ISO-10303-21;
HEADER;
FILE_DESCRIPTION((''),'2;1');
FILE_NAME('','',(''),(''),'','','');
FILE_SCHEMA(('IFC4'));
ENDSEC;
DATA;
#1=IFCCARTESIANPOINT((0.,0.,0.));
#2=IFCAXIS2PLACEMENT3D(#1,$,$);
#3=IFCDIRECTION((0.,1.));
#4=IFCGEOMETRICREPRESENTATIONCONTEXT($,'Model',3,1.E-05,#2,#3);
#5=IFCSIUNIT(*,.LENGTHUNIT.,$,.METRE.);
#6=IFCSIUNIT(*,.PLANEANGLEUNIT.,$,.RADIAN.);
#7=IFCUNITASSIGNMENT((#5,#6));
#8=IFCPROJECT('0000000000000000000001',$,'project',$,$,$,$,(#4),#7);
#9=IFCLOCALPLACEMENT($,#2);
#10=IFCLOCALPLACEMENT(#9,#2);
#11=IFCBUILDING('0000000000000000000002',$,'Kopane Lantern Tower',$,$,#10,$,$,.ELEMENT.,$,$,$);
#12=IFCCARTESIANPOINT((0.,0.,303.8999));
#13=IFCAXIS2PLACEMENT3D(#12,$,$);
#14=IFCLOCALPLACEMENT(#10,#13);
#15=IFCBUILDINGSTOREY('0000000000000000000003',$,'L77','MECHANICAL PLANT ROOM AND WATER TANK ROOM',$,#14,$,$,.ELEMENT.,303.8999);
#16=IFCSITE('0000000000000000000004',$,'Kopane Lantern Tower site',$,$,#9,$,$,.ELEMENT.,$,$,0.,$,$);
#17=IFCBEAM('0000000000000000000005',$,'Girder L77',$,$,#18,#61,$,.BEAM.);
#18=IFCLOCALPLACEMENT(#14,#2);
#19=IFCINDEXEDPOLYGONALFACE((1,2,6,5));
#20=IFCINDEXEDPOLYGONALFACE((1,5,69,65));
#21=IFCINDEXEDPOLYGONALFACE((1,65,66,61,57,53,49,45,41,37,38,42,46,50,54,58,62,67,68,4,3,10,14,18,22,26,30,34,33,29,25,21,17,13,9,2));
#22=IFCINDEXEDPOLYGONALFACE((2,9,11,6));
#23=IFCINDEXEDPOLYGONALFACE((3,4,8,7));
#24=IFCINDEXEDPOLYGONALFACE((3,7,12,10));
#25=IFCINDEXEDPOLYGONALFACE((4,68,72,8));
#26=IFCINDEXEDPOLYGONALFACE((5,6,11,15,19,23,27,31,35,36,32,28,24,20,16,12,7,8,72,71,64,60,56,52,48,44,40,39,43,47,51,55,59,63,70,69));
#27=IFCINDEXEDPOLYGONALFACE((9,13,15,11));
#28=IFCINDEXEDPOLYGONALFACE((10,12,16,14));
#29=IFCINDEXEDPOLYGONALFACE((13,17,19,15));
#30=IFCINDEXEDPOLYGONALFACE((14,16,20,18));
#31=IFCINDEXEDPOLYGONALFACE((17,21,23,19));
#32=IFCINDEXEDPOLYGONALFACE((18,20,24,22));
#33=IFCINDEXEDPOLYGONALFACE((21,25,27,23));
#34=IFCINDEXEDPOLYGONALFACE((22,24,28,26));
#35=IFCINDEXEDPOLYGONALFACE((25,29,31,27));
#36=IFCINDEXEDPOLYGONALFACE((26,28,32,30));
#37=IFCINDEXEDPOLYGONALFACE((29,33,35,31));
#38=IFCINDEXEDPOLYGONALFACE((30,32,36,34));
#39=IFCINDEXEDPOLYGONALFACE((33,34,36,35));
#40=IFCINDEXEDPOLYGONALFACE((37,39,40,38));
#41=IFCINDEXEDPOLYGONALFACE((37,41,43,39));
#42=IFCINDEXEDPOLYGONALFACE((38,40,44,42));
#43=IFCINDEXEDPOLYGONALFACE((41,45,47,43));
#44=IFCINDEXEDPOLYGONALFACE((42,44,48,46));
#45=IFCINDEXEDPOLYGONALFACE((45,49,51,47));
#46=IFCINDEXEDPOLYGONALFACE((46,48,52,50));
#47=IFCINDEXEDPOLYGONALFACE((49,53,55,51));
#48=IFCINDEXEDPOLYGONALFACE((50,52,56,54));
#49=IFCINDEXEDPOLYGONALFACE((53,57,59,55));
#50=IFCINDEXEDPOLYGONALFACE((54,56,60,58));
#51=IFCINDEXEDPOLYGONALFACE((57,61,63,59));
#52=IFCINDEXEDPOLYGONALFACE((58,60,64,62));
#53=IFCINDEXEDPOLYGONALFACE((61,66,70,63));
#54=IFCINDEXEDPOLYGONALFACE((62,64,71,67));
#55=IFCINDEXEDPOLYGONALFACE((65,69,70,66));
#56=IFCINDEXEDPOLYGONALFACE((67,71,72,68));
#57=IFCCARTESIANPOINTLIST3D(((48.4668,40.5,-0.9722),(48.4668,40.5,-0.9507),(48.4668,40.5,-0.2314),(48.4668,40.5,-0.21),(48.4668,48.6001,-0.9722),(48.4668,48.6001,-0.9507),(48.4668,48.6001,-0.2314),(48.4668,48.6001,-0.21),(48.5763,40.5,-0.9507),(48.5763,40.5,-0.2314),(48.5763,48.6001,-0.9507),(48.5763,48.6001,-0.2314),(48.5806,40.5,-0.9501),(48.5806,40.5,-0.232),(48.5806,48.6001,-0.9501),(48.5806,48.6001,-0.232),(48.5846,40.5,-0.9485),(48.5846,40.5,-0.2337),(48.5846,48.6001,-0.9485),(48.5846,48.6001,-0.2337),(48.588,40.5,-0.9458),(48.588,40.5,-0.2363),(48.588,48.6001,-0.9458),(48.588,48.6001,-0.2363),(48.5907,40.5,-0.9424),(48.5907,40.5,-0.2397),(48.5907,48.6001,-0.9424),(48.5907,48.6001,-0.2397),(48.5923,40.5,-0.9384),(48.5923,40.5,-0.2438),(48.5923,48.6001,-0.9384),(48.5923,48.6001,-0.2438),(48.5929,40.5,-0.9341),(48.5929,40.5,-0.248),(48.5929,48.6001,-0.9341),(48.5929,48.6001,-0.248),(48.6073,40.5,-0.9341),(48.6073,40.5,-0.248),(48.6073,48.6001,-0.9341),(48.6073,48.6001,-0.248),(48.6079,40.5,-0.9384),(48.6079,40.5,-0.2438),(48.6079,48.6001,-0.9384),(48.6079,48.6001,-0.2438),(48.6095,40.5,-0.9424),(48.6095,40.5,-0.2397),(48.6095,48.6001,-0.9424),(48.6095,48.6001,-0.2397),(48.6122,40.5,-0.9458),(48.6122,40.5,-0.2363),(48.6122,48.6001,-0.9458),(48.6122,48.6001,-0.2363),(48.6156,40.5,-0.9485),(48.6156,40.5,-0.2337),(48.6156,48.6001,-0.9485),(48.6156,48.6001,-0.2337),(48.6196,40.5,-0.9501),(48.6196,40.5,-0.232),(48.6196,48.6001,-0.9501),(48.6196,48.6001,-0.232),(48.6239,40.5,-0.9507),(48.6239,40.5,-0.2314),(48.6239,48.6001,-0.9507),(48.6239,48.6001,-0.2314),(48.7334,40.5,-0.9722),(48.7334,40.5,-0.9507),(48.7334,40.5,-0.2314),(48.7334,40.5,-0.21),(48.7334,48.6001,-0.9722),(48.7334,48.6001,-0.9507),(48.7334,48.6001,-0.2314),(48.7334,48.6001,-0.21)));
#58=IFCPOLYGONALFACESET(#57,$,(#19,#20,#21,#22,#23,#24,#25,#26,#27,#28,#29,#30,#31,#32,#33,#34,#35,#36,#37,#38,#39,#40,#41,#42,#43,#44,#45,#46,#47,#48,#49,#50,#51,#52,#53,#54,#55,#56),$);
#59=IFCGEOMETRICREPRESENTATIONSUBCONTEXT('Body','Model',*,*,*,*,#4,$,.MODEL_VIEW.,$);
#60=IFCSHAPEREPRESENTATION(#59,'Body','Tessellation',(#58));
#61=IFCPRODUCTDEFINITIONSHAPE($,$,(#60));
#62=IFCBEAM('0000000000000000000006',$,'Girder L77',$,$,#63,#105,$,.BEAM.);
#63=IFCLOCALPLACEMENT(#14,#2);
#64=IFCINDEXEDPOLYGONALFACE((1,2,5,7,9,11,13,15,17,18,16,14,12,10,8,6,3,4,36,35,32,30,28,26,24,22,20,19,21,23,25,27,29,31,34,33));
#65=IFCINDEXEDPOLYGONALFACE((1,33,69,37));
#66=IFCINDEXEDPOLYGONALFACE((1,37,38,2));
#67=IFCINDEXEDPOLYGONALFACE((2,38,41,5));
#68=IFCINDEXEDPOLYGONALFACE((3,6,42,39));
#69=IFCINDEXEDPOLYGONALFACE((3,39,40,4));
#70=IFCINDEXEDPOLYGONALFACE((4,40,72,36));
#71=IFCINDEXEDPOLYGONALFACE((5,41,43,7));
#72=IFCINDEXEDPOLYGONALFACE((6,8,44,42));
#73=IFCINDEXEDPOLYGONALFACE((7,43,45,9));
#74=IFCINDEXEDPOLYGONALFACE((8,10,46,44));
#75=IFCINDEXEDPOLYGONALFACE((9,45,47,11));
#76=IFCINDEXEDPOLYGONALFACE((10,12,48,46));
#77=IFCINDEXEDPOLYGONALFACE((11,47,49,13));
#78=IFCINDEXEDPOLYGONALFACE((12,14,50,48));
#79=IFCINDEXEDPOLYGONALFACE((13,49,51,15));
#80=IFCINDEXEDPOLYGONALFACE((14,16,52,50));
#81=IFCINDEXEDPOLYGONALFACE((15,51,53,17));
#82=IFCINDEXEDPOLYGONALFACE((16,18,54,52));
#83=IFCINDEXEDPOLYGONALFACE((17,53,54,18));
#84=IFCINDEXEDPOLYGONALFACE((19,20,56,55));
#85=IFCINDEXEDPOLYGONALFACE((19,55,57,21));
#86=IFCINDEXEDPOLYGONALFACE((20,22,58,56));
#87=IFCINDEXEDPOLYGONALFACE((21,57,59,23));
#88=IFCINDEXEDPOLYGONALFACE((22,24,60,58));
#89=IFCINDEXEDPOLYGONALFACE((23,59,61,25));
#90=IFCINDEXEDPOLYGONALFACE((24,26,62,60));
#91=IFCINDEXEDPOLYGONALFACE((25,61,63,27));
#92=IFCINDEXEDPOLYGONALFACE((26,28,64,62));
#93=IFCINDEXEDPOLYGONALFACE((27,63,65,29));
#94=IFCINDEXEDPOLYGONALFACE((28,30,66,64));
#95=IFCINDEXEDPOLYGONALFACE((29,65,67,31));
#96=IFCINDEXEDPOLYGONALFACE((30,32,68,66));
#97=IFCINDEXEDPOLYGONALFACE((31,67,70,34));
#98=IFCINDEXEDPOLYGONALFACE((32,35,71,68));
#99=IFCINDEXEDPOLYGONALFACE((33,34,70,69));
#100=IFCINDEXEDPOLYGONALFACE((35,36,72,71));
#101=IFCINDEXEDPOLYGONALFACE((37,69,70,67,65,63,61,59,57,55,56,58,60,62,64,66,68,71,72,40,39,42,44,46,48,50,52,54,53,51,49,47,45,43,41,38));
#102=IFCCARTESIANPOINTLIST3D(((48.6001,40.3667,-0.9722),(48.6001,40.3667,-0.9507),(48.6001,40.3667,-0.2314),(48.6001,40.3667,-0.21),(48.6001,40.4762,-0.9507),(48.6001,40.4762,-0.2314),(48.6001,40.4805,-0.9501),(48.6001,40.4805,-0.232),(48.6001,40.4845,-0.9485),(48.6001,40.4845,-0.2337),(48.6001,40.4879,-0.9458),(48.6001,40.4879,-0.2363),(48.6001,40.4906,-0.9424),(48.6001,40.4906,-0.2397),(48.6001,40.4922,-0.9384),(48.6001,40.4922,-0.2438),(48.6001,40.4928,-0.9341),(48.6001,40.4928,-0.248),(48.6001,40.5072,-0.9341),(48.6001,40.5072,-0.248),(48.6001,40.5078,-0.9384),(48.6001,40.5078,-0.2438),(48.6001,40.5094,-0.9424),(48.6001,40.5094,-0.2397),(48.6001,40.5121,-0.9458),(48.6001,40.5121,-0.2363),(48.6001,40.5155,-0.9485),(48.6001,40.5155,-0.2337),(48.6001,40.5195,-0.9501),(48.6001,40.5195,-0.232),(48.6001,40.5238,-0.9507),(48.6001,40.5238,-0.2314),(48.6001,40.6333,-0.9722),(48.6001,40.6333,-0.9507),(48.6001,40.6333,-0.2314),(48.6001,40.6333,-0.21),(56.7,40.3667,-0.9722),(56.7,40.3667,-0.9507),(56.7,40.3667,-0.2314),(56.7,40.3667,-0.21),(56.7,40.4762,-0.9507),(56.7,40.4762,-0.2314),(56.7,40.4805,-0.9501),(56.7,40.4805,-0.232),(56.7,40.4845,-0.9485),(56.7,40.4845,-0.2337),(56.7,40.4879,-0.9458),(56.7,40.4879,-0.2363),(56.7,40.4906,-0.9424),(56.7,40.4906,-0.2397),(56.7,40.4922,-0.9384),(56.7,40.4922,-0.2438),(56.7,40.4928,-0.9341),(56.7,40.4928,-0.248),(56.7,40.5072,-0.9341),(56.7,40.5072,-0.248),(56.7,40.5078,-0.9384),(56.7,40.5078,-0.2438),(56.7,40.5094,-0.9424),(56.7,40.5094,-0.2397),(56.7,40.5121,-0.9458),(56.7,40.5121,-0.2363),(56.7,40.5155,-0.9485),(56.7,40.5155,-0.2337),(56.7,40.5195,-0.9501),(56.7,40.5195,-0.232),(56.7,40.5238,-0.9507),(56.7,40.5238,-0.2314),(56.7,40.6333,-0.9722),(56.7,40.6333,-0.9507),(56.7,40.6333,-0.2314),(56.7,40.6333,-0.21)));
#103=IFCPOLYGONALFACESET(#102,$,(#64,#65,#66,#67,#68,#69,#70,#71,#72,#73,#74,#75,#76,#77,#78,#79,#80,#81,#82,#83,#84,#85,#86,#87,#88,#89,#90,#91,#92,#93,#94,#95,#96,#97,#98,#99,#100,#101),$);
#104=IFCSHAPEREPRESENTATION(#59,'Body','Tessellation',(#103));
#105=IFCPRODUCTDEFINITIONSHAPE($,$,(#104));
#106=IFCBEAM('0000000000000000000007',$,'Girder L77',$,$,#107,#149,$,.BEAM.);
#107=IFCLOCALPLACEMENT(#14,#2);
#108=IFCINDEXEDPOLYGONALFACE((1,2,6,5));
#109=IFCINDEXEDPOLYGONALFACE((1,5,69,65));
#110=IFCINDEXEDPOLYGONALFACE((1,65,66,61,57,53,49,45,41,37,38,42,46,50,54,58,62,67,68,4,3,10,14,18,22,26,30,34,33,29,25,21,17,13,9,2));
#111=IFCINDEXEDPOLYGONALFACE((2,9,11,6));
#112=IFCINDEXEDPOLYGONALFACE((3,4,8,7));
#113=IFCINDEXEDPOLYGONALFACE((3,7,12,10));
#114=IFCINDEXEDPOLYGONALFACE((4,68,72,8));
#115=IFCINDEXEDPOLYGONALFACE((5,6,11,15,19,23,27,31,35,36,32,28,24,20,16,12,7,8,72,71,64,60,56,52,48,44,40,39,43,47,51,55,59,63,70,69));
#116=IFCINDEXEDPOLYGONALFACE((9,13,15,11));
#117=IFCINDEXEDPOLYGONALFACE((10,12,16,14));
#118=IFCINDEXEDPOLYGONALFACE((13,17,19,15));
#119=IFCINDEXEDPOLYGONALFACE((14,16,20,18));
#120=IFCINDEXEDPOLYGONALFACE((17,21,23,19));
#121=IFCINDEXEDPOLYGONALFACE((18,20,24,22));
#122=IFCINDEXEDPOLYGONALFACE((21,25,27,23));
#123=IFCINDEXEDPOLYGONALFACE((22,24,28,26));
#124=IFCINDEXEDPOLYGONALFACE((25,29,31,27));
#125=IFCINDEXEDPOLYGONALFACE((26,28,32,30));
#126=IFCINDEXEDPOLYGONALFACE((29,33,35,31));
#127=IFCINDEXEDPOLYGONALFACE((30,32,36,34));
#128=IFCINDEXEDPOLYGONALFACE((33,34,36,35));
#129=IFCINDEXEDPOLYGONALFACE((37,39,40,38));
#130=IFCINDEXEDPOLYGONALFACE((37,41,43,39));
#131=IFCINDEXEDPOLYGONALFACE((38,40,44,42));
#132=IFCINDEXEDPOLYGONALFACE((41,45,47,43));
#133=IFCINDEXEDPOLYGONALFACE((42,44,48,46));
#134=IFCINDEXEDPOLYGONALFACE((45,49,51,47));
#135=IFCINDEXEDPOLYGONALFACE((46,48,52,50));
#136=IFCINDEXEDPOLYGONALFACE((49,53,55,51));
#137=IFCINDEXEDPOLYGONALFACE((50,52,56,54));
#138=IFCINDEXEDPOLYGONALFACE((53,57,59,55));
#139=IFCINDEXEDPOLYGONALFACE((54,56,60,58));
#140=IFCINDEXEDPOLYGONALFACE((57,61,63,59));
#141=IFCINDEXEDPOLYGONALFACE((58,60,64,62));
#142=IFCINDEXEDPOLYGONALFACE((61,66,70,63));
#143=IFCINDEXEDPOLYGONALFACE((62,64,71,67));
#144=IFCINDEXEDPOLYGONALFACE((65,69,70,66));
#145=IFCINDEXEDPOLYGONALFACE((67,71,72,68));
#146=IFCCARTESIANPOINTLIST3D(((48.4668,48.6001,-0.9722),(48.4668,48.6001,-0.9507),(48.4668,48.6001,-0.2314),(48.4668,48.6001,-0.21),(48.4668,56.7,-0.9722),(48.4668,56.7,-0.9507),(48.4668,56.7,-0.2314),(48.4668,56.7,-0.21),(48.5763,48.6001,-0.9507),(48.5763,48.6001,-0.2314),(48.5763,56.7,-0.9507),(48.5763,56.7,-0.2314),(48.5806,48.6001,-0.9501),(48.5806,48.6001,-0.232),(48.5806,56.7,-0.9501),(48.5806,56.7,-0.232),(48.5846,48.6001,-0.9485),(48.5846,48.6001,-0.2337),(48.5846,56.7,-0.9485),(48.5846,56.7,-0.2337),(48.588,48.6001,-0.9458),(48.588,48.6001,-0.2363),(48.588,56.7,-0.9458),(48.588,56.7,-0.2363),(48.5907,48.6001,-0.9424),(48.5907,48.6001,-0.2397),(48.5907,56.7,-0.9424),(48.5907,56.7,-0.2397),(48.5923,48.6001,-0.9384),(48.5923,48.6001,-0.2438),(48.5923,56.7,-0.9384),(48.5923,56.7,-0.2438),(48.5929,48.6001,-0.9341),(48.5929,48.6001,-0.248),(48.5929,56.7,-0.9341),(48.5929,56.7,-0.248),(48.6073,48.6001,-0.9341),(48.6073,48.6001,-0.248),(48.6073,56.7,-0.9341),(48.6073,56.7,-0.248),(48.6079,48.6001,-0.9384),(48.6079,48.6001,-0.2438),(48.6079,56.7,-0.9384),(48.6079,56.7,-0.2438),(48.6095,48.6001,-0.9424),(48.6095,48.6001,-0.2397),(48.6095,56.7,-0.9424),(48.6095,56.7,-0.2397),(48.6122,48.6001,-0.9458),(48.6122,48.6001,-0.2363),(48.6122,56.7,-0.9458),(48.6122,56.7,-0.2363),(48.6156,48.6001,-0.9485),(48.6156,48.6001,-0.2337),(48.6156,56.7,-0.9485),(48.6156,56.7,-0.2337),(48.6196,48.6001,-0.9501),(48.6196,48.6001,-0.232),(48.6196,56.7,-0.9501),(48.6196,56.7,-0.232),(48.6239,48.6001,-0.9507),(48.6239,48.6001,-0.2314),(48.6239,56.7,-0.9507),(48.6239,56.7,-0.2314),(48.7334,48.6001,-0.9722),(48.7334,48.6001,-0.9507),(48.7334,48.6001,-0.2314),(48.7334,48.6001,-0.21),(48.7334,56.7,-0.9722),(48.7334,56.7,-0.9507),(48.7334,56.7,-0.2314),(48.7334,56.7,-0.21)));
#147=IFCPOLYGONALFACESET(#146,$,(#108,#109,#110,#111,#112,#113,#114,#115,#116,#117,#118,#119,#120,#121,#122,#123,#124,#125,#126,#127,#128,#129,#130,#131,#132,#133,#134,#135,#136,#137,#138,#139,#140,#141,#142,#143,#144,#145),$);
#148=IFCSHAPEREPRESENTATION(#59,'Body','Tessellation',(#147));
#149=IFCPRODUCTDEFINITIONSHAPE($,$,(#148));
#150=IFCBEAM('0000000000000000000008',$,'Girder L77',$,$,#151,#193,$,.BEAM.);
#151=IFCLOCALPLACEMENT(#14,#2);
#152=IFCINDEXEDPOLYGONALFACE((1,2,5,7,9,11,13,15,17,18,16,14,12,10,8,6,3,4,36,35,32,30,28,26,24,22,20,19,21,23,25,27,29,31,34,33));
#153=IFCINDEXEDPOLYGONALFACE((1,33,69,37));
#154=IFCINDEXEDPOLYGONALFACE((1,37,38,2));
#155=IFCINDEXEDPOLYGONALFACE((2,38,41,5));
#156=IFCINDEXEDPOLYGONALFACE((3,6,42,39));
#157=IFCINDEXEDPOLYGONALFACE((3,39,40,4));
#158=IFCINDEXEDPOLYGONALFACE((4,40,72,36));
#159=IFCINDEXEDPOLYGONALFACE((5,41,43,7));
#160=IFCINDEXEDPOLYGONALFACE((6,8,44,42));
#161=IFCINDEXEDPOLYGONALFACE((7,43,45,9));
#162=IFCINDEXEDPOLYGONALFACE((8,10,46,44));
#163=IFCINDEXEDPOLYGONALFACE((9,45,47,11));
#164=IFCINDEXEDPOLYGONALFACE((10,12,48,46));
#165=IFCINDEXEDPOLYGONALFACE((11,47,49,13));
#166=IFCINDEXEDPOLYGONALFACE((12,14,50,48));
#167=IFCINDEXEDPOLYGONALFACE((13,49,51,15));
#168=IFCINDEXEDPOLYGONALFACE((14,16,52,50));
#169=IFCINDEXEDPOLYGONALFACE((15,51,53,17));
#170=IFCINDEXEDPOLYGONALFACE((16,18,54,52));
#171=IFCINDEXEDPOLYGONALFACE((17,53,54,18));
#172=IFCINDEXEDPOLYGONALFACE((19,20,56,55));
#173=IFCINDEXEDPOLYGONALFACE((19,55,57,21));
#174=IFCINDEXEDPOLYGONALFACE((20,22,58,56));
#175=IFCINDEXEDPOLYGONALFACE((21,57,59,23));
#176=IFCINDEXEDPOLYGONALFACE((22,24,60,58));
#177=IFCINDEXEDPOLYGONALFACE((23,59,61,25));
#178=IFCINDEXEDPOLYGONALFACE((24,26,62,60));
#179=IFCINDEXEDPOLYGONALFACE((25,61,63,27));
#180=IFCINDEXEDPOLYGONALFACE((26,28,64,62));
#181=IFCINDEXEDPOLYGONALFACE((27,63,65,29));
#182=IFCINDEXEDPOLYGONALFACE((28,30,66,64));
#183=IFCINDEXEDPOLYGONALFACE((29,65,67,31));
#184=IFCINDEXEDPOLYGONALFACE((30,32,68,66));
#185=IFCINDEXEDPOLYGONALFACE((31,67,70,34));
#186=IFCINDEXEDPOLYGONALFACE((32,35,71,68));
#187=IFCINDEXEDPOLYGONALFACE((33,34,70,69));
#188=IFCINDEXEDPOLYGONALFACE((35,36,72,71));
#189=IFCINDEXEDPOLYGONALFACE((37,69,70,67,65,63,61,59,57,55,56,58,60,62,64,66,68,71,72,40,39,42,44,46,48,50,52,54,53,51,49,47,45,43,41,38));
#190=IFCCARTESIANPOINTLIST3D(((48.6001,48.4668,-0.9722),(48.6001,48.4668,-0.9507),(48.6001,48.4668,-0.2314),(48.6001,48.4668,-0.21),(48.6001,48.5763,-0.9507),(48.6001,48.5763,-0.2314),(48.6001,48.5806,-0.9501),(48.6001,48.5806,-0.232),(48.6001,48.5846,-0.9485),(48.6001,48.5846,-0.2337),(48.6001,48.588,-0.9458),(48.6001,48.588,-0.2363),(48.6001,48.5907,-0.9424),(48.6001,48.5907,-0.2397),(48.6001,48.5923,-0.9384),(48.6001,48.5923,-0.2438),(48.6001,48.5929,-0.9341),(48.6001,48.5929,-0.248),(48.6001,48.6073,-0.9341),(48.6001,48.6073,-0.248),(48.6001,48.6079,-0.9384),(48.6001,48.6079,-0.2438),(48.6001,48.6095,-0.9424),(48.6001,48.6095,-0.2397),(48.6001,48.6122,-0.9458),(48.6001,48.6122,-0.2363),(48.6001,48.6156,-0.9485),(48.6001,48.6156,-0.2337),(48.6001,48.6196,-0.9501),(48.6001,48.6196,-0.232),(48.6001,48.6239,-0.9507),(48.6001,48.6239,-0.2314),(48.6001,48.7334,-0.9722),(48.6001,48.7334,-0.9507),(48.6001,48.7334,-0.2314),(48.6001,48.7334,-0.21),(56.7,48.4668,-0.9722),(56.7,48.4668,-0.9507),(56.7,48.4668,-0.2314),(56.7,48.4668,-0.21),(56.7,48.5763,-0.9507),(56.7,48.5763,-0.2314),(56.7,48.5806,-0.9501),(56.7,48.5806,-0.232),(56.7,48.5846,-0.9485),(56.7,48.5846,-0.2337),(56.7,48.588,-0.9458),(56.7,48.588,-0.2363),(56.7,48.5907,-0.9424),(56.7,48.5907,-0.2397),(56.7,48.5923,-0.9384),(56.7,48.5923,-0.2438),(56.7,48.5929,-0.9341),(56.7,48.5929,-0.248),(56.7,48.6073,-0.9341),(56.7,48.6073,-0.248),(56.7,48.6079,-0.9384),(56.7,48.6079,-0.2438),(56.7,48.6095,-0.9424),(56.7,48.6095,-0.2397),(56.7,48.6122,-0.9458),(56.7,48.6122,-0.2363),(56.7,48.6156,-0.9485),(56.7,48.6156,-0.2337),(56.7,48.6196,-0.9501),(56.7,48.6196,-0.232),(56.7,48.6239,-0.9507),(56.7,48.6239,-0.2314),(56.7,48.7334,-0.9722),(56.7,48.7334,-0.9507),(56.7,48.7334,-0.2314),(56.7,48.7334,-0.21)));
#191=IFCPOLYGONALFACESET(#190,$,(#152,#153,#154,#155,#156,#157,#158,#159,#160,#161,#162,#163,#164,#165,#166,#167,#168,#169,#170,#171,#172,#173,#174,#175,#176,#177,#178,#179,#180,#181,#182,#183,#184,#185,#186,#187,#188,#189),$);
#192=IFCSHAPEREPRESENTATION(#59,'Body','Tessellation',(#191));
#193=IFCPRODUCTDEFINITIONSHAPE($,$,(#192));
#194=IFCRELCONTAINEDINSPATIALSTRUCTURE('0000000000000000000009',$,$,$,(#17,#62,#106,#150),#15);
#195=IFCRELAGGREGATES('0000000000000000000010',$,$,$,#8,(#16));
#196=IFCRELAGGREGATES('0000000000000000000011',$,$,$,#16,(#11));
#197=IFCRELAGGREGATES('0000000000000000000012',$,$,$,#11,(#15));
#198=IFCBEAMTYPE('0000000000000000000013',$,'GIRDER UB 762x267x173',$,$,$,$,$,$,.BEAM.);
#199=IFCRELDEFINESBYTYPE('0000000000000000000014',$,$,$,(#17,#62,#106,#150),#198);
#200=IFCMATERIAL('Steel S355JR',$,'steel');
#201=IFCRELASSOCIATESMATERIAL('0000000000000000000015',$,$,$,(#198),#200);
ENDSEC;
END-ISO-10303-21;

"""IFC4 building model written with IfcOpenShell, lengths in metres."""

from ifc_helpers import new_model, si_unit, direction, frame, origin, origin_2d, place, context, subcontext, project, spatial, i_section, extrude, material, material_profile, profile_set, type_object, element, save


model = new_model("IFC4")

# Units and contexts
model_context = context("Model", 3, precision=1e-05, world=origin(), true_north=direction((0.0, 1.0)))
body_context = subcontext(model_context, "Body", "Model", "MODEL_VIEW")
ifc_project = project(units=[si_unit("LENGTHUNIT", "METRE"), si_unit("PLANEANGLEUNIT", "RADIAN")], contexts=[model_context])

# Site, building, storey
site_placement = place(None, origin())
site = spatial("IfcSite", under=ifc_project, at=site_placement, Name="Kopane Lantern Tower site", CompositionType="ELEMENT", RefElevation=0.0)
building_placement = place(site_placement, origin())
building = spatial("IfcBuilding", under=site, at=building_placement, Name="Kopane Lantern Tower", CompositionType="ELEMENT")
storey_placement = place(building_placement, frame((0.0, 0.0, 303.8999)))
storey = spatial("IfcBuildingStorey", under=building, at=storey_placement, Name="L77", Description="MECHANICAL PLANT ROOM AND WATER TANK ROOM", CompositionType="ELEMENT", Elevation=303.8999)

# Beams
ifc_material_1 = material(Name="Steel S355JR", Category="steel")
ifc_material_profile_1 = material_profile(ifc_material_1, i_section(OverallWidth=0.2666, OverallDepth=0.7622, WebThickness=0.0144, FlangeThickness=0.0215, FilletRadius=0.0166, at=origin_2d()), Name="UB 762x267x173")
ifc_profile_set_1 = profile_set([ifc_material_profile_1], Name="Steel S355JR")
beam_type = type_object("IfcBeamType", Name="GIRDER UB 762x267x173", PredefinedType="BEAM", material=ifc_profile_set_1)
beam_1_placement = place(storey_placement, frame((48.6001, 40.5, -0.5911), z_axis=(0.0, 1.0, 0.0), x_axis=(-1.0, 0.0, 0.0)))
element("IfcBeam", 1, at=beam_1_placement, inside=storey, type_object=beam_type, Name="Girder L77", PredefinedType="BEAM", context=body_context, shape_type="SweptSolid", body=[
    extrude(i_section(OverallWidth=0.2666, OverallDepth=0.7622, WebThickness=0.0144, FlangeThickness=0.0215, FilletRadius=0.0166, at=origin_2d()), origin(), (0.0, 0.0, 1.0), 8.1001),
])
for number, where, z_axis, x_axis, name in (
    (2, (48.6001, 40.5, -0.5911), (1.0, 0.0, 0.0), (0.0, 1.0, 0.0), "Girder L77"),
    (3, (48.6001, 48.6001, -0.5911), (0.0, 1.0, 0.0), (-1.0, 0.0, 0.0), "Girder L77"),
    (4, (48.6001, 48.6001, -0.5911), (1.0, 0.0, 0.0), (0.0, 1.0, 0.0), "Girder L77"),
):
    element("IfcBeam", number, at=place(storey_placement, frame(where, z_axis=z_axis, x_axis=x_axis)), inside=storey, type_object=beam_type, Name=name, PredefinedType="BEAM", context=body_context, shape_type="SweptSolid", body=[
        extrude(i_section(OverallWidth=0.2666, OverallDepth=0.7622, WebThickness=0.0144, FlangeThickness=0.0215, FilletRadius=0.0166, at=origin_2d()), origin(), (0.0, 0.0, 1.0), 8.0999),
    ])

save(model, "model.ifc")
